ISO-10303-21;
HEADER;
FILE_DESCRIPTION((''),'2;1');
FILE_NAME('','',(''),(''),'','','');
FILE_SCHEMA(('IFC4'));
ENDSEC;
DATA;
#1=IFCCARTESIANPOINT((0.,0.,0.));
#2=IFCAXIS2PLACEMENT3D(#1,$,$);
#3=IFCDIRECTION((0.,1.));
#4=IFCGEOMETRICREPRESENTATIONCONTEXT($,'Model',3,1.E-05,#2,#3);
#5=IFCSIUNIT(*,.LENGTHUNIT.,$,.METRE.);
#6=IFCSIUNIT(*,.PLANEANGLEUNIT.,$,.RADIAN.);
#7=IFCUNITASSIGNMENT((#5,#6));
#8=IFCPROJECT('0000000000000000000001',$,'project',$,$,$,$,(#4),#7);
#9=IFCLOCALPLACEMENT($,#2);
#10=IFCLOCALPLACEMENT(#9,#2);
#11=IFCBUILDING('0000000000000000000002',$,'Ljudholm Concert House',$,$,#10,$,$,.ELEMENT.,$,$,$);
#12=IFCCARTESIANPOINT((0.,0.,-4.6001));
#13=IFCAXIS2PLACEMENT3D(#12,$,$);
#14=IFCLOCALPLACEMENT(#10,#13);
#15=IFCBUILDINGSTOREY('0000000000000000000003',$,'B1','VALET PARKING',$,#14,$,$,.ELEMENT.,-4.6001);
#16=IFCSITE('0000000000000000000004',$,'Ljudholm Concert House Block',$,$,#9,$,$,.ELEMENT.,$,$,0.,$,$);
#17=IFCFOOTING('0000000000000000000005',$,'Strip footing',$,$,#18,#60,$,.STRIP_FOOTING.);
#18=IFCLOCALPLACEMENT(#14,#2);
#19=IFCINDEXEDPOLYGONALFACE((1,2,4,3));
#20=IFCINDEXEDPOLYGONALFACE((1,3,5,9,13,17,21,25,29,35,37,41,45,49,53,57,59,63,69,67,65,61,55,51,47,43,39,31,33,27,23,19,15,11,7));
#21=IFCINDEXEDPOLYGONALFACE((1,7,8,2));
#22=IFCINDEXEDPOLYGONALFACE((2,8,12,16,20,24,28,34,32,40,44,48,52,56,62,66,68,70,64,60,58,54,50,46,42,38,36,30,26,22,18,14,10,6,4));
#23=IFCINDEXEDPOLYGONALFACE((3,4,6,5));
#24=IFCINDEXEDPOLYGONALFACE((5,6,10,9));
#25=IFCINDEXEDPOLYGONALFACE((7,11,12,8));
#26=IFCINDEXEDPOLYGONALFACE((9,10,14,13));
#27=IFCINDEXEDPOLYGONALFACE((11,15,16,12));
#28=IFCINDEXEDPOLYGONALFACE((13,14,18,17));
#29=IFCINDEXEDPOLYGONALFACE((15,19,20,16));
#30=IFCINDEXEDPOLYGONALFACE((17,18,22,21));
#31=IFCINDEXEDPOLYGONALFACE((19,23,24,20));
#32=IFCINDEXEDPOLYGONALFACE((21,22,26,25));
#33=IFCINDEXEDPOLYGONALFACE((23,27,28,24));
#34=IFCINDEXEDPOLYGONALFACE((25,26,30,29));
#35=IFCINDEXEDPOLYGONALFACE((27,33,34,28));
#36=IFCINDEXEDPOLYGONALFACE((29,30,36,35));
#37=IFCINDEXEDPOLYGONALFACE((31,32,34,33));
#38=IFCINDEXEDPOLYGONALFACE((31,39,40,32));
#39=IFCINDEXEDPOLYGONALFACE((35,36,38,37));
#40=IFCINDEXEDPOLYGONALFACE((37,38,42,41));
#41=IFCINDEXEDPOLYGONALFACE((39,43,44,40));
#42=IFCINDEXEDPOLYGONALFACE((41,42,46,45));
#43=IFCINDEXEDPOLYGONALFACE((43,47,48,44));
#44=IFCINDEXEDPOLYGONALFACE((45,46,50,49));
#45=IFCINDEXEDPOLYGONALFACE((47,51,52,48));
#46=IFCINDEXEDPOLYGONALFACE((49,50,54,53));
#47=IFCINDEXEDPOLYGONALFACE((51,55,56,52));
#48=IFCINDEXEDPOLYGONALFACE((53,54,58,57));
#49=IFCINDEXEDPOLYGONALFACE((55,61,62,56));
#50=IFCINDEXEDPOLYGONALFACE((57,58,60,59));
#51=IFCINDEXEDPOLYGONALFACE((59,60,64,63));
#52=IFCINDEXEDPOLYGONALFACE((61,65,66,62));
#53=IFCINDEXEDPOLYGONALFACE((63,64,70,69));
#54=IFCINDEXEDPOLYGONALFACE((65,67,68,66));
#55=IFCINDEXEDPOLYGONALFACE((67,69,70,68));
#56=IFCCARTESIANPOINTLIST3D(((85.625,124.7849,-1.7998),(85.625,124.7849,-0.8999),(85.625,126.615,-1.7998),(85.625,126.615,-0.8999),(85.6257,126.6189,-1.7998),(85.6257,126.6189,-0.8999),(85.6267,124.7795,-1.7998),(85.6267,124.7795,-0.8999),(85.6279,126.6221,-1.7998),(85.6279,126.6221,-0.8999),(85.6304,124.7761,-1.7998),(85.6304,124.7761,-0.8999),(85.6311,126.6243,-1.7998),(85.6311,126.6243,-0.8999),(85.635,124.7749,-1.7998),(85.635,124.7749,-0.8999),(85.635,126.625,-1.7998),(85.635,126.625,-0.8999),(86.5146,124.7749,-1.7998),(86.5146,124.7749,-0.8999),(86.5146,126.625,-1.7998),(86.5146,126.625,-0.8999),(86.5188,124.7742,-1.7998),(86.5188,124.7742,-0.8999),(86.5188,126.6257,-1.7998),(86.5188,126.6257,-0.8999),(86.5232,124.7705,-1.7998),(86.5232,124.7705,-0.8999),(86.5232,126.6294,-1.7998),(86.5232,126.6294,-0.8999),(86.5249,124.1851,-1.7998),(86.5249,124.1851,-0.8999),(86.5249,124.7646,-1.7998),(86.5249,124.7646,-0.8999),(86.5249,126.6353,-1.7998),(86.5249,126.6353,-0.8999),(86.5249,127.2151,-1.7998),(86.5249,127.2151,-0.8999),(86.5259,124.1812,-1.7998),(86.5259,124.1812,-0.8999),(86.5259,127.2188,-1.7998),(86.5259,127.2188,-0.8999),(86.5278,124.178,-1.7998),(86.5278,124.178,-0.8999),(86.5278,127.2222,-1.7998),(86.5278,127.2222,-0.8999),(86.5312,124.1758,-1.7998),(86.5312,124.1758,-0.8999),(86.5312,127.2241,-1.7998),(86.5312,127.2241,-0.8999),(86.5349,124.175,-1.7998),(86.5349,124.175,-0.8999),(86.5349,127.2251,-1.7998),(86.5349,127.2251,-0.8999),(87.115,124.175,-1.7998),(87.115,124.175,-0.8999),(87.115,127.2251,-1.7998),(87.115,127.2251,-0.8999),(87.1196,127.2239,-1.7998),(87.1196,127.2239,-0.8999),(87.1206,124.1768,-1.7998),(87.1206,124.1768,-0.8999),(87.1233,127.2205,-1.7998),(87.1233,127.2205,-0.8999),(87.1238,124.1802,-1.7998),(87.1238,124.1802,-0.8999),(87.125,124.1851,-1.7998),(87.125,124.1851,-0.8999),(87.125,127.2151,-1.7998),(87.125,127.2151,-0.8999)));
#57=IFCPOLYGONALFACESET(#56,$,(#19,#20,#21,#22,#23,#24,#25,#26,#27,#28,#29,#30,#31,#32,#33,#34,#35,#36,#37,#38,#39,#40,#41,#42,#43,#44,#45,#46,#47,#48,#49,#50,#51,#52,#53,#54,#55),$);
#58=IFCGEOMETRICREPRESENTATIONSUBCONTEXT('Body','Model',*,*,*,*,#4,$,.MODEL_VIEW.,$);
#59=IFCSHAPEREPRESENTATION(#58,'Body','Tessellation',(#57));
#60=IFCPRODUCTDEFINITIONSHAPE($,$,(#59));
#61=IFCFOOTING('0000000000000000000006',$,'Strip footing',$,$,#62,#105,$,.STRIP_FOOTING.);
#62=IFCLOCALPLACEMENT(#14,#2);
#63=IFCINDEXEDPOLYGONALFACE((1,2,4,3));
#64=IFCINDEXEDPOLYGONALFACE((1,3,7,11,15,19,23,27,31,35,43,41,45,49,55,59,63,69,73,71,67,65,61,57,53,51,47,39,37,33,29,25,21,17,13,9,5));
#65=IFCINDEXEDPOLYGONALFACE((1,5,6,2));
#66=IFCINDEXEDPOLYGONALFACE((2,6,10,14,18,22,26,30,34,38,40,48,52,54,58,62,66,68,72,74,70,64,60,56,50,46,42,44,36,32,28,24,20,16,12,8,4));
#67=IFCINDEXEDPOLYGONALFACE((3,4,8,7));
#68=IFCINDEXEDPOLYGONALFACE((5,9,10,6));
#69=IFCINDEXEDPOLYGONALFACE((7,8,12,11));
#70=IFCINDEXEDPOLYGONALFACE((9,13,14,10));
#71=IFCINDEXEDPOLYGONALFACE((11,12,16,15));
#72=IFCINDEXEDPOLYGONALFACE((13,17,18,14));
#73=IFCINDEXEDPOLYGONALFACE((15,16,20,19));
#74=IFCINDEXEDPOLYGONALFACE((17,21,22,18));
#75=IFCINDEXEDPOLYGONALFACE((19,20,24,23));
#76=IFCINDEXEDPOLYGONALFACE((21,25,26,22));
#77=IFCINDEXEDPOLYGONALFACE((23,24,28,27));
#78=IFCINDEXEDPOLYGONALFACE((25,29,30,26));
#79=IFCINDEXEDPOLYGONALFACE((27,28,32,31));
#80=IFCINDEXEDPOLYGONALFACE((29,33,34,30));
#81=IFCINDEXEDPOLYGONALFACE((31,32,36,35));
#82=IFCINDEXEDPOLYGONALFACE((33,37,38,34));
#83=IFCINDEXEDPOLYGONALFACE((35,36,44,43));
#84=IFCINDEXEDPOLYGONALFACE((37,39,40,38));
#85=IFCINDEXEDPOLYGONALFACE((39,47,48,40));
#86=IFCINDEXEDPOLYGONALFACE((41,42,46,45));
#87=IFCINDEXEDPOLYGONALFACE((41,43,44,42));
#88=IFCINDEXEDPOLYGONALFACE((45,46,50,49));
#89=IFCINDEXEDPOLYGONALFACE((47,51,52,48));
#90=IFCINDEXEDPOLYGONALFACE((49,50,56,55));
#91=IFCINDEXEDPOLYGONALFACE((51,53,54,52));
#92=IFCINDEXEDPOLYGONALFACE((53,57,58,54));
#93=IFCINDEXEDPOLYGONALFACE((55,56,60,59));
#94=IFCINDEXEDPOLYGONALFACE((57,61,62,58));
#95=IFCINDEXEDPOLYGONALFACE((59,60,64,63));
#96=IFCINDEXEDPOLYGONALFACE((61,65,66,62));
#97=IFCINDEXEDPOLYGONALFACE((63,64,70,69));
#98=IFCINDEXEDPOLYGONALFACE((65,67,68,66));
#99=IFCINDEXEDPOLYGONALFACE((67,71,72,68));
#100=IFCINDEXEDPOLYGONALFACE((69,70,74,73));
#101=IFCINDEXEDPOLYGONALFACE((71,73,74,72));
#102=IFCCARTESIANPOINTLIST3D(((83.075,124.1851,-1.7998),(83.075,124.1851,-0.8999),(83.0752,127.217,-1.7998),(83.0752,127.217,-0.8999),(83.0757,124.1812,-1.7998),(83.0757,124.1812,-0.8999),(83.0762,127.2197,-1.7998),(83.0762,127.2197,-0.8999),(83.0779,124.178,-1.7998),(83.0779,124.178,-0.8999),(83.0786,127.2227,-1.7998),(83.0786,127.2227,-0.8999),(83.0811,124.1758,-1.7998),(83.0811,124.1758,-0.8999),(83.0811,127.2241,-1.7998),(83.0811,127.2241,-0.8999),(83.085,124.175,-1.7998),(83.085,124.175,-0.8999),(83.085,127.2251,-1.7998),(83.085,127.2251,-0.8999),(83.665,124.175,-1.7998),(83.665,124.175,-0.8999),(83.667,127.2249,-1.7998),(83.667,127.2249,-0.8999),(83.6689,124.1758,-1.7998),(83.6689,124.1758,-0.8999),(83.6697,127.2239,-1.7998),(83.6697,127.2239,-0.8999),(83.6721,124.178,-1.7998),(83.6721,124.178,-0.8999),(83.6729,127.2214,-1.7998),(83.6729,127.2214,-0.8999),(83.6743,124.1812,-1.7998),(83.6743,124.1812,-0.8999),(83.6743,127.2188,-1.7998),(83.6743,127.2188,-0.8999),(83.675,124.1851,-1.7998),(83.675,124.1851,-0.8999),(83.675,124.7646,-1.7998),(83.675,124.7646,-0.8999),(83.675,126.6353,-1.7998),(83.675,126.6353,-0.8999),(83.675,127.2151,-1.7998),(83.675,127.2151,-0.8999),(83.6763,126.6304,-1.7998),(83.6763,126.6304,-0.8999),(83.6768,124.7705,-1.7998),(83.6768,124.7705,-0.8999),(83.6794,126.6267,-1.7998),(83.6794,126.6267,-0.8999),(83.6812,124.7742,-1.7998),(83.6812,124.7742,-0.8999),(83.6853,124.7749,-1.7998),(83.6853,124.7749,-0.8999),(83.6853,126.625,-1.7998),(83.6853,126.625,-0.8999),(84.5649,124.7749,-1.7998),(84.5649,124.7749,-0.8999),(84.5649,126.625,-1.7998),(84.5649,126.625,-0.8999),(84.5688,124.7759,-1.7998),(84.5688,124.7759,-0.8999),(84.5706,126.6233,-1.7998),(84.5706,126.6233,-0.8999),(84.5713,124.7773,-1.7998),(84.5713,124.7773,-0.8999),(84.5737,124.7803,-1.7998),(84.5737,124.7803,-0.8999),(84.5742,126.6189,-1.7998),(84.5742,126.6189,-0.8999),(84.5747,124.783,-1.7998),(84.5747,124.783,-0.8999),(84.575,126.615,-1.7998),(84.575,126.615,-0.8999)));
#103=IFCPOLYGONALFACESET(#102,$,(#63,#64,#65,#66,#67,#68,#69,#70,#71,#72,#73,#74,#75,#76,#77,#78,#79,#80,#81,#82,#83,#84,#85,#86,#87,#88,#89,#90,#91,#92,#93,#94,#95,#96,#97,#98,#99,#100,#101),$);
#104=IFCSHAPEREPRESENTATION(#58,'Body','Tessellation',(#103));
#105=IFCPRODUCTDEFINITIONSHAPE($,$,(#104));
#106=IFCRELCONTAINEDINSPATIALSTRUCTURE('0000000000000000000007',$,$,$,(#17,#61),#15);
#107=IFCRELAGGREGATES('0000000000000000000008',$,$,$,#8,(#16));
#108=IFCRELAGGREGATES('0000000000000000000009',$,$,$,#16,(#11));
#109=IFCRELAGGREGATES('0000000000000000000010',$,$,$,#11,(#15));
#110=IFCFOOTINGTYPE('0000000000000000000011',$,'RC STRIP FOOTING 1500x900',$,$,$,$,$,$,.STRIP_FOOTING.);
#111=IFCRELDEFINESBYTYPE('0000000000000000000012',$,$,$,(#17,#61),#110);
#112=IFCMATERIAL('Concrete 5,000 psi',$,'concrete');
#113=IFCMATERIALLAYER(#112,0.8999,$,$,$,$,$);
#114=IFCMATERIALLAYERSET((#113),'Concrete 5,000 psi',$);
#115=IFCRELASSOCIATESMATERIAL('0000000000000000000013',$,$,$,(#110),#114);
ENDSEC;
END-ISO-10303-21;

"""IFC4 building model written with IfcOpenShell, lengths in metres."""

from ifc_helpers import new_model, si_unit, direction, frame, origin, place, context, subcontext, project, spatial, polyline, outline, extrude, material, layer, layer_set, type_object, element, save


model = new_model("IFC4")

# Units and contexts
model_context = context("Model", 3, precision=1e-05, world=origin(), true_north=direction((0.0, 1.0)))
body_context = subcontext(model_context, "Body", "Model", "MODEL_VIEW")
ifc_project = project(units=[si_unit("LENGTHUNIT", "METRE"), si_unit("PLANEANGLEUNIT", "RADIAN")], contexts=[model_context])

# Site, building, storey
site_placement = place(None, origin())
site = spatial("IfcSite", under=ifc_project, at=site_placement, Name="Ljudholm Concert House Block", CompositionType="ELEMENT", RefElevation=0.0)
building_placement = place(site_placement, origin())
building = spatial("IfcBuilding", under=site, at=building_placement, Name="Ljudholm Concert House", CompositionType="ELEMENT")
storey_placement = place(building_placement, frame((0.0, 0.0, -4.6001)))
storey = spatial("IfcBuildingStorey", under=building, at=storey_placement, Name="B1", Description="VALET PARKING", CompositionType="ELEMENT", Elevation=-4.6001)

# Footings
ifc_material_1 = material(Name="Concrete 5,000 psi", Category="concrete")
ifc_layer_1 = layer(ifc_material_1, 0.8999)
ifc_layer_set_1 = layer_set([ifc_layer_1], Name="Concrete 5,000 psi")
footing_type_1 = type_object("IfcFootingType", Name="RC STRIP FOOTING 1500x900", PredefinedType="STRIP_FOOTING", material=ifc_layer_set_1)
footing_1_placement = place(storey_placement, frame((0.0, 0.0, -1.7998)))
element("IfcFooting", 1, at=footing_1_placement, inside=storey, type_object=footing_type_1, Name="Strip footing", PredefinedType="STRIP_FOOTING", context=body_context, shape_type="SweptSolid", body=[
    extrude(outline(polyline([(85.625, 126.615), (85.625, 124.7849), (85.6267, 124.7795), (85.6304, 124.7761), (85.635, 124.7749), (86.5146, 124.7749), (86.5188, 124.7742), (86.5232, 124.7705), (86.5249, 124.7646), (86.5249, 124.1851), (86.5259, 124.1812), (86.5278, 124.178), (86.5312, 124.1758), (86.5349, 124.175), (87.115, 124.175), (87.1206, 124.1768), (87.1238, 124.1802), (87.125, 124.1851), (87.125, 127.2151), (87.1233, 127.2205), (87.1196, 127.2239), (87.115, 127.2251), (86.5349, 127.2251), (86.5312, 127.2241), (86.5278, 127.2222), (86.5259, 127.2188), (86.5249, 127.2151), (86.5249, 126.6353), (86.5232, 126.6294), (86.5188, 126.6257), (86.5146, 126.625), (85.635, 126.625), (85.6311, 126.6243), (85.6279, 126.6221), (85.6257, 126.6189), (85.625, 126.615)])), origin(), (0.0, 0.0, 1.0), 0.8999),
])
footing_2_placement = place(storey_placement, frame((0.0, 0.0, -1.7998)))
element("IfcFooting", 2, at=footing_2_placement, inside=storey, type_object=footing_type_1, Name="Strip footing", PredefinedType="STRIP_FOOTING", context=body_context, shape_type="SweptSolid", body=[
    extrude(outline(polyline([(83.085, 124.175), (83.665, 124.175), (83.6689, 124.1758), (83.6721, 124.178), (83.6743, 124.1812), (83.675, 124.1851), (83.675, 124.7646), (83.6768, 124.7705), (83.6812, 124.7742), (83.6853, 124.7749), (84.5649, 124.7749), (84.5688, 124.7759), (84.5713, 124.7773), (84.5737, 124.7803), (84.5747, 124.783), (84.575, 126.615), (84.5742, 126.6189), (84.5706, 126.6233), (84.5649, 126.625), (83.6853, 126.625), (83.6794, 126.6267), (83.6763, 126.6304), (83.675, 126.6353), (83.675, 127.2151), (83.6743, 127.2188), (83.6729, 127.2214), (83.6697, 127.2239), (83.667, 127.2249), (83.085, 127.2251), (83.0811, 127.2241), (83.0786, 127.2227), (83.0762, 127.2197), (83.0752, 127.217), (83.075, 124.1851), (83.0757, 124.1812), (83.0779, 124.178), (83.0811, 124.1758), (83.085, 124.175)])), origin(), (0.0, 0.0, 1.0), 0.8999),
])

save(model, "model.ifc")
